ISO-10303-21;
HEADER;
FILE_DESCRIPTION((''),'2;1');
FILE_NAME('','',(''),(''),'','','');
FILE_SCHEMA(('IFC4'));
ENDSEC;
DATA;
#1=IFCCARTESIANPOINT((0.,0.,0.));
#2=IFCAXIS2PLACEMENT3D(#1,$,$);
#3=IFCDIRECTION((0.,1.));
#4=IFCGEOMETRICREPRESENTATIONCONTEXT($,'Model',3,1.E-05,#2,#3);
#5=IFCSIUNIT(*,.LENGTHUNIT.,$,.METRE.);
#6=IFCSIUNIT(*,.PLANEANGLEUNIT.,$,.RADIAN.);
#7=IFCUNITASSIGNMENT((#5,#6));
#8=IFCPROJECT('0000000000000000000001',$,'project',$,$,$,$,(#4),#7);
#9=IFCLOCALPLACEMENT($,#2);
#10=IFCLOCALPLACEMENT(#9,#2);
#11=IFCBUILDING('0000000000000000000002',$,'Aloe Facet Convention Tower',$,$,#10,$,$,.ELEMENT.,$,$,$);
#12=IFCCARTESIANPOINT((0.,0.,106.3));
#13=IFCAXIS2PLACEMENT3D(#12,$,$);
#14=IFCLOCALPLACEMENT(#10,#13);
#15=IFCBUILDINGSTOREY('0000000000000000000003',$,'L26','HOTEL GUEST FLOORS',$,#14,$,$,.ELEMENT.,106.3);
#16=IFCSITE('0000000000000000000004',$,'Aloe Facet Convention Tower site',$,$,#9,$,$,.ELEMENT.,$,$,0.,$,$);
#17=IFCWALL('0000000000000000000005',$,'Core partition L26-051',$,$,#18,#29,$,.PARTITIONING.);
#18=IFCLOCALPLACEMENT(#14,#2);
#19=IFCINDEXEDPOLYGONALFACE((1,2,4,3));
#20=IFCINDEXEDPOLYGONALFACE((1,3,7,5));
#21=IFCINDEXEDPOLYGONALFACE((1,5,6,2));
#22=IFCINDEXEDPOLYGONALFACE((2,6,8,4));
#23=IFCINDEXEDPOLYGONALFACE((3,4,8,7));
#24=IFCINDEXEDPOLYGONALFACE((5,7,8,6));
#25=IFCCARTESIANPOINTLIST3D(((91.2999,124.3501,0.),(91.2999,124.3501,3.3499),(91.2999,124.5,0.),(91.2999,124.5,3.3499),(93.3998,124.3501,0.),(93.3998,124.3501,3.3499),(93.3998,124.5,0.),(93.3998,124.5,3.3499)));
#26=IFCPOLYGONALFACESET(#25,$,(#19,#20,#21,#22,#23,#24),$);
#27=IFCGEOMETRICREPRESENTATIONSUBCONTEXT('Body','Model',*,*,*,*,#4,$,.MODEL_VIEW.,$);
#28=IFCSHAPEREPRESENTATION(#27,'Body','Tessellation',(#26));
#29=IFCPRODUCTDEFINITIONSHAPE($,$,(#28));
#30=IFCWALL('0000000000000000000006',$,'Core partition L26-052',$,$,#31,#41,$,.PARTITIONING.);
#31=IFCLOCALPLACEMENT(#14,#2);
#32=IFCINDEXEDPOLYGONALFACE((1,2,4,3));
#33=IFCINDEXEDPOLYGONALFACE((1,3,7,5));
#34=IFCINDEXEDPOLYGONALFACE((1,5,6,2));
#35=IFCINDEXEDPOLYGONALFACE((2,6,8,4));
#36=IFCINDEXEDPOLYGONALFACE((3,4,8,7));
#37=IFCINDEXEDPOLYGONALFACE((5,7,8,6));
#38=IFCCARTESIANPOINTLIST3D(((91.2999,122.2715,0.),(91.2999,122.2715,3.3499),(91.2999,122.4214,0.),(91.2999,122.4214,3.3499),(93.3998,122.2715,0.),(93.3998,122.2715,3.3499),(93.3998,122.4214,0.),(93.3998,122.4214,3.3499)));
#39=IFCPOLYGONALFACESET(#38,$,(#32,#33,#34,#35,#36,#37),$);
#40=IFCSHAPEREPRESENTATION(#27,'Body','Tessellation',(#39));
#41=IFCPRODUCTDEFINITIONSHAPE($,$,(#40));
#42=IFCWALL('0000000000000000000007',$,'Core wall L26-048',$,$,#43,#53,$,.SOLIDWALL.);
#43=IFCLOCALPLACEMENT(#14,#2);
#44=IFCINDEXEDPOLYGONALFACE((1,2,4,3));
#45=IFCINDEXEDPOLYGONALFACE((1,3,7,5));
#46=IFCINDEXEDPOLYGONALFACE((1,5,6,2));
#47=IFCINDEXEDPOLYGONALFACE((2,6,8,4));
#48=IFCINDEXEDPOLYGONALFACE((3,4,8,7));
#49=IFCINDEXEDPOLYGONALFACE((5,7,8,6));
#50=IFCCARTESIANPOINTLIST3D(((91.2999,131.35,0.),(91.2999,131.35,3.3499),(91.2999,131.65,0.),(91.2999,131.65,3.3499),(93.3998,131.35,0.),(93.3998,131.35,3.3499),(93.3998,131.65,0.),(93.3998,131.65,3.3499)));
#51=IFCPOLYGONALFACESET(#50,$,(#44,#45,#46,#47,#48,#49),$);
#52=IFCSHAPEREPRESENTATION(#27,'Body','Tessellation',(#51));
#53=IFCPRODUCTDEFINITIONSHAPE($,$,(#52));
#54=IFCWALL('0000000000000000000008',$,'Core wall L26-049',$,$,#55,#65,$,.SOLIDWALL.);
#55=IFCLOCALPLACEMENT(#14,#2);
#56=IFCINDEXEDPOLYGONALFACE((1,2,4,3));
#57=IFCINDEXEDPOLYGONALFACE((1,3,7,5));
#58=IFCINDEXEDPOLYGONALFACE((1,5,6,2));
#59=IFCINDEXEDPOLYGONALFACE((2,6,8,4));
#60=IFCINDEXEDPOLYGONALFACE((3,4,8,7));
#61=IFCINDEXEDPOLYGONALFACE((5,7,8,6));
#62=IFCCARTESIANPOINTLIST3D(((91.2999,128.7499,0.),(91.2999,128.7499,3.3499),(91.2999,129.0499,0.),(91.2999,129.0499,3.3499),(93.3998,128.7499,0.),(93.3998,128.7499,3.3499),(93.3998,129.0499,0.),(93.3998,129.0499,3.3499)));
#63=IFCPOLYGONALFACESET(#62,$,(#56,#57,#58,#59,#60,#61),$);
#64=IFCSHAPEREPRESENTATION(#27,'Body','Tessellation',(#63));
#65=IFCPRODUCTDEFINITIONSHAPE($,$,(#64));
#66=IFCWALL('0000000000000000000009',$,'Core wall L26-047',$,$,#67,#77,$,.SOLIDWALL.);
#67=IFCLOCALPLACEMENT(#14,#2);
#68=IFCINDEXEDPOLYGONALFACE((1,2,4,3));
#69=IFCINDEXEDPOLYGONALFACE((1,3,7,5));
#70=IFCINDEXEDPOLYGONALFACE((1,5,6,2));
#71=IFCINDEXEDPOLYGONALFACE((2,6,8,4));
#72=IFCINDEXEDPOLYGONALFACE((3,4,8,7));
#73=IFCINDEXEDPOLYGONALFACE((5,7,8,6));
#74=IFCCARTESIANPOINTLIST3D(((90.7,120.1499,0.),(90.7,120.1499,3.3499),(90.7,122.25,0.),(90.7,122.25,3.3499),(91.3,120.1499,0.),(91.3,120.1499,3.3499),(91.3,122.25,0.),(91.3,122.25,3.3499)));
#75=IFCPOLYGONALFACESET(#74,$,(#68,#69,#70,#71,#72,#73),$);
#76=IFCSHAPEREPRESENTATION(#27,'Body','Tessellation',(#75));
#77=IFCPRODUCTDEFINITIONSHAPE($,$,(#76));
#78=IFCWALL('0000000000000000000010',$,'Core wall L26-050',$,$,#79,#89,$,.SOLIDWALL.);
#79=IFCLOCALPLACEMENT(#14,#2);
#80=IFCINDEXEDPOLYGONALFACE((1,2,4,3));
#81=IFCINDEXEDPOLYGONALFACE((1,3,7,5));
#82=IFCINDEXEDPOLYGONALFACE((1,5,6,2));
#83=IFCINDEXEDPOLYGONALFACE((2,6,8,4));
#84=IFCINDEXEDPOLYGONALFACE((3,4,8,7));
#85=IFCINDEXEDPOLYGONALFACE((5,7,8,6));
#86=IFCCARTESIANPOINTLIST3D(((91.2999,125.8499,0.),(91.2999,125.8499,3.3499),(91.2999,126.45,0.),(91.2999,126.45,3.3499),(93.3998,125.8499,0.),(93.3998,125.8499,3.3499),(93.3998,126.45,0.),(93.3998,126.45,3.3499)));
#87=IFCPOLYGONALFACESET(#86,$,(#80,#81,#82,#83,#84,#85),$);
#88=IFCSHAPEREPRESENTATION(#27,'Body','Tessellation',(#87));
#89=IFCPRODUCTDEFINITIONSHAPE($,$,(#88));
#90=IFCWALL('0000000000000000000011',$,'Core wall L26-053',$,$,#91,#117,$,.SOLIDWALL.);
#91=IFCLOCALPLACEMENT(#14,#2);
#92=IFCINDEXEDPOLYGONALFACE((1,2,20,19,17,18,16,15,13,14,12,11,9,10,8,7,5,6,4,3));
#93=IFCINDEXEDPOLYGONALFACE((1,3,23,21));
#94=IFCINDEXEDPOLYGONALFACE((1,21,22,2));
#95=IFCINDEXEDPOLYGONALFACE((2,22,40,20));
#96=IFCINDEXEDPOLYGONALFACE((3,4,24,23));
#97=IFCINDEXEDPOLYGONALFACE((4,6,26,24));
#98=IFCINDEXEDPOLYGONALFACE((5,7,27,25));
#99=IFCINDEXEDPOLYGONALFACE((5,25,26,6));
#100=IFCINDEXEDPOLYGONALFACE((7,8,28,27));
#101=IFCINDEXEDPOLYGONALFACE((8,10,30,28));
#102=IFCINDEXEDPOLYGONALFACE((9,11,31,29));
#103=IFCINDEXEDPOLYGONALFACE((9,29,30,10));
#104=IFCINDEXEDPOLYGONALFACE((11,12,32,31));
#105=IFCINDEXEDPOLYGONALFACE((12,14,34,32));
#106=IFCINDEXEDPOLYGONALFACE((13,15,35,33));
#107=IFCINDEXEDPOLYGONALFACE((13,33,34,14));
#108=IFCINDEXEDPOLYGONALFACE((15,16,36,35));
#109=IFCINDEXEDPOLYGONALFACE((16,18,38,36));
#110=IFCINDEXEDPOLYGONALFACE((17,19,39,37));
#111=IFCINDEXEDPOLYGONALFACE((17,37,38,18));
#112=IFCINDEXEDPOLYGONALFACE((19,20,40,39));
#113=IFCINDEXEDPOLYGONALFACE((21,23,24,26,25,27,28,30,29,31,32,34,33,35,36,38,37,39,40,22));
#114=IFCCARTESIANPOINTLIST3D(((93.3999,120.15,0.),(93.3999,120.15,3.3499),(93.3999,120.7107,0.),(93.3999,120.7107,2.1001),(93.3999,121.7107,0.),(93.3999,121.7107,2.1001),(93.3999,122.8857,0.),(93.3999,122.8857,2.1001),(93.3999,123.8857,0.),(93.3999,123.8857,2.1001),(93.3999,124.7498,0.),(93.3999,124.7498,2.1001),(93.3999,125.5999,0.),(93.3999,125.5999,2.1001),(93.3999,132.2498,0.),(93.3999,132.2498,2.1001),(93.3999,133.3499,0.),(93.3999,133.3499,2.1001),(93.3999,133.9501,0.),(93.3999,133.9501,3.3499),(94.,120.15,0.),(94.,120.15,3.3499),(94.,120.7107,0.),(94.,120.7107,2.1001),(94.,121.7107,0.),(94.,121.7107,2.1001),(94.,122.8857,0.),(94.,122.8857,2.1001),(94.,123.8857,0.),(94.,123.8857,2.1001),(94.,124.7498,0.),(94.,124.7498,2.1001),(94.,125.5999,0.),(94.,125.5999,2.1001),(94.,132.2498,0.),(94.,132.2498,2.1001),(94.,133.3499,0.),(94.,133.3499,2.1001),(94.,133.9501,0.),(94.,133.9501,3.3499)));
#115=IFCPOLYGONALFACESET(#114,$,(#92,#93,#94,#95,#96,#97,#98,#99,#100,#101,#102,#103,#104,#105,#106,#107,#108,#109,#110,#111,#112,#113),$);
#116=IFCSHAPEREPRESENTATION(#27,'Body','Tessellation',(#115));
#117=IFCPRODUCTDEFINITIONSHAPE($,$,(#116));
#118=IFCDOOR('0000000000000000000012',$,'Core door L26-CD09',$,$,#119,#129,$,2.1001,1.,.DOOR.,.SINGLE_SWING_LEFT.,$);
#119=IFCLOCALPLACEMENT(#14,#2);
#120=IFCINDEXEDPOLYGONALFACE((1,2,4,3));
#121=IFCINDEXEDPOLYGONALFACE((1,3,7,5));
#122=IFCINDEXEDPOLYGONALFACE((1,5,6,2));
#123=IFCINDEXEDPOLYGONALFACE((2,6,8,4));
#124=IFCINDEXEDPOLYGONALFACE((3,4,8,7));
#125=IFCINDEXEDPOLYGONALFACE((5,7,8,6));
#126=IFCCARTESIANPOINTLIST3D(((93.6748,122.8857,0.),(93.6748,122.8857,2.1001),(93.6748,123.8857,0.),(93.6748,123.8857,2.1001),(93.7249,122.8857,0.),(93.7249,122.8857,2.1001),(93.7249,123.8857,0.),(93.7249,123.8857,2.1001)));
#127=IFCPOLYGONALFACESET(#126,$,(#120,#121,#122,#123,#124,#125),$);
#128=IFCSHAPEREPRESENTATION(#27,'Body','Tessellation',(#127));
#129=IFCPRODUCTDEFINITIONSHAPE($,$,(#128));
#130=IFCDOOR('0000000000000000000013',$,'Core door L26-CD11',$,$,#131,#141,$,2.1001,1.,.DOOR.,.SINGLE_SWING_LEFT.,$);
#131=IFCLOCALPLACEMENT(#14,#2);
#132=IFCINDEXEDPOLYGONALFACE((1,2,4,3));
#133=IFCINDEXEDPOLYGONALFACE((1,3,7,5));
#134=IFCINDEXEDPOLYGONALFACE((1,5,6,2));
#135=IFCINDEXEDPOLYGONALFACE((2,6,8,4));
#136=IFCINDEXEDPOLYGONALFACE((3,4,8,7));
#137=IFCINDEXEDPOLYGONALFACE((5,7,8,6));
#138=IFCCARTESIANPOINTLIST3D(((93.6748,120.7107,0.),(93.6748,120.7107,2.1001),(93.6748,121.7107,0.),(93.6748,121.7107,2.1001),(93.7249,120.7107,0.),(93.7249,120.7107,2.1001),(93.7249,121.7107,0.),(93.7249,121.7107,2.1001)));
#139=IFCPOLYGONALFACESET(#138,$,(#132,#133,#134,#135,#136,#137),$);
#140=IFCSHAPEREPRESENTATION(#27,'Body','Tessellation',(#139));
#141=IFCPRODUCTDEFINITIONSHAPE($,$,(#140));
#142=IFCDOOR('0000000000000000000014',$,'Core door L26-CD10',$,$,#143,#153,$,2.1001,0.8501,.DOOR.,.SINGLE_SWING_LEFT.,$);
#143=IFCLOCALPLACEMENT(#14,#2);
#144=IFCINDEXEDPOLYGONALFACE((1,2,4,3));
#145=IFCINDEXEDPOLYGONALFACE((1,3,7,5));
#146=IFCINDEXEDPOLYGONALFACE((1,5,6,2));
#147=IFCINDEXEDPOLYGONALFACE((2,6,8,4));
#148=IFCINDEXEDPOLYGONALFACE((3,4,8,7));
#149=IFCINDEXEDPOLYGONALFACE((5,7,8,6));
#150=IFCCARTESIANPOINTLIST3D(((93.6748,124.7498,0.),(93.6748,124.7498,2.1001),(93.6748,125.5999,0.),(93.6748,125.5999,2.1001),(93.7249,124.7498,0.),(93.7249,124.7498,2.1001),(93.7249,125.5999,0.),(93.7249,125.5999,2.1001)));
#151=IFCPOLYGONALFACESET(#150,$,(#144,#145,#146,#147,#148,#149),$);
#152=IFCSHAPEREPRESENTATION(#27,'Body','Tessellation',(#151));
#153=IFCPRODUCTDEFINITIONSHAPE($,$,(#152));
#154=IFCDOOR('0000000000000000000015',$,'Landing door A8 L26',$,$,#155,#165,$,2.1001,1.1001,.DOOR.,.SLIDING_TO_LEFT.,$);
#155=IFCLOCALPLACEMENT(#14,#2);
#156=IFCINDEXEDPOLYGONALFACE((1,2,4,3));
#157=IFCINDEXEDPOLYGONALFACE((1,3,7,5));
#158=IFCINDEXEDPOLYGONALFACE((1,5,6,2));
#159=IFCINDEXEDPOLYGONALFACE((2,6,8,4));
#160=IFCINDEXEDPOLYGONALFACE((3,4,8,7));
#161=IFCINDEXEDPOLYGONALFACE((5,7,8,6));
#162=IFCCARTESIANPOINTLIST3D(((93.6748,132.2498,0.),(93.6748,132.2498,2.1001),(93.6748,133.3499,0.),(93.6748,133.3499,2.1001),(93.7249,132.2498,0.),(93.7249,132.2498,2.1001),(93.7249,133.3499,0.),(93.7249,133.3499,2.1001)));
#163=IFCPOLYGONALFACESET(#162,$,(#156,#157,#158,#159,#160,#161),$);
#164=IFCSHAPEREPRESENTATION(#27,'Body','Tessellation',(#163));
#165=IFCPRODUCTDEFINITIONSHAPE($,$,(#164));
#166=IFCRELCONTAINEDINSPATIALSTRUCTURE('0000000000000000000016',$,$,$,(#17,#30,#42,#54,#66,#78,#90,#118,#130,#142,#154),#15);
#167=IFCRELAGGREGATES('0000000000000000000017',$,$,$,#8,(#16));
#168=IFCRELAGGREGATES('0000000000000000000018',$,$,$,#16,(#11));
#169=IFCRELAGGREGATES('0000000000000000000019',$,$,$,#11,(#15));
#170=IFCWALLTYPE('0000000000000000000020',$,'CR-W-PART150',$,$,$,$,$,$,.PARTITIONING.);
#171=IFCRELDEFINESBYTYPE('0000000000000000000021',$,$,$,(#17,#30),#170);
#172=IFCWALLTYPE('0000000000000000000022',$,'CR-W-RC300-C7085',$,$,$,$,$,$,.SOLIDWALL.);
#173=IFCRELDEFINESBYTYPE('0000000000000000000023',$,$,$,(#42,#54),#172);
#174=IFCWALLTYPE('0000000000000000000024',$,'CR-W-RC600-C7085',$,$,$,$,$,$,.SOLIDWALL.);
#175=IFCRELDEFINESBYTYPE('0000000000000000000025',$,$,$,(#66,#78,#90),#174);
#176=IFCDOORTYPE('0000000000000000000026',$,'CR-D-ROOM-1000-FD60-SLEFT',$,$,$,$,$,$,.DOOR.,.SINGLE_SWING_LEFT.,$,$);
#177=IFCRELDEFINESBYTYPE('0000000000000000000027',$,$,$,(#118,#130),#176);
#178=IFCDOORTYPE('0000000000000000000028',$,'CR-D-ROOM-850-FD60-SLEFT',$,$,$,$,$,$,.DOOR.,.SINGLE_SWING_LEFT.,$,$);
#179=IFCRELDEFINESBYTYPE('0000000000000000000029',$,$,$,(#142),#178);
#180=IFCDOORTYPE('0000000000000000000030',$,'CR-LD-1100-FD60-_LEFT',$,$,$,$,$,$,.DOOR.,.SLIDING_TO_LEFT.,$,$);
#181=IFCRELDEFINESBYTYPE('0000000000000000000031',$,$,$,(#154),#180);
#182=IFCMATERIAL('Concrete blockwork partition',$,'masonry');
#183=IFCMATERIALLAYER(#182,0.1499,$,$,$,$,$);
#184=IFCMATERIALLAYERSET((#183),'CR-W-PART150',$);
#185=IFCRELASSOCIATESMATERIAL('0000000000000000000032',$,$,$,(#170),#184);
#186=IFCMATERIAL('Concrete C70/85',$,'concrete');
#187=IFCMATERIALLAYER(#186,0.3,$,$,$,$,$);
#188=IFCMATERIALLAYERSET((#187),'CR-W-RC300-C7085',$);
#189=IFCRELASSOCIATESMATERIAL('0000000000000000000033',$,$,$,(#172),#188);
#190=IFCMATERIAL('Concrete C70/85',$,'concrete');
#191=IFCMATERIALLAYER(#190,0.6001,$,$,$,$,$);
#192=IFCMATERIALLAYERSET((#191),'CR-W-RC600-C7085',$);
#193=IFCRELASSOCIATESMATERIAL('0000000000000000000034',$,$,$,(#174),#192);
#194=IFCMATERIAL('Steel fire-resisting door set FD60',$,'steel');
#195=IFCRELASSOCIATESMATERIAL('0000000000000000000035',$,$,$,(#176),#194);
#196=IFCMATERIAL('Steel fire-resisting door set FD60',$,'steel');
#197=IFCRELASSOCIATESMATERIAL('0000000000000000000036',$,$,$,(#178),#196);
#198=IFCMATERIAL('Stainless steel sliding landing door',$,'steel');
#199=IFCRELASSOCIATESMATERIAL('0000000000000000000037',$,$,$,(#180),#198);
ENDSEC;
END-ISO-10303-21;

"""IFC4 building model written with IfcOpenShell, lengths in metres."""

from ifc_helpers import new_model, si_unit, direction, frame, frame_2d, origin, place, context, subcontext, project, spatial, rectangle, extrude, material, layer, layer_set, type_object, element, fill, save


model = new_model("IFC4")

# Units and contexts
model_context = context("Model", 3, precision=1e-05, world=origin(), true_north=direction((0.0, 1.0)))
body_context = subcontext(model_context, "Body", "Model", "MODEL_VIEW")
ifc_project = project(units=[si_unit("LENGTHUNIT", "METRE"), si_unit("PLANEANGLEUNIT", "RADIAN")], contexts=[model_context])

# Site, building, storey
site_placement = place(None, origin())
site = spatial("IfcSite", under=ifc_project, at=site_placement, Name="Aloe Facet Convention Tower site", CompositionType="ELEMENT", RefElevation=0.0)
building_placement = place(site_placement, origin())
building = spatial("IfcBuilding", under=site, at=building_placement, Name="Aloe Facet Convention Tower", CompositionType="ELEMENT")
storey_placement = place(building_placement, frame((0.0, 0.0, 106.3)))
storey = spatial("IfcBuildingStorey", under=building, at=storey_placement, Name="L26", Description="HOTEL GUEST FLOORS", CompositionType="ELEMENT", Elevation=106.3)

# Walls
ifc_material_1 = material(Name="Concrete blockwork partition", Category="masonry")
ifc_layer_1 = layer(ifc_material_1, 0.1499)
ifc_layer_set_1 = layer_set([ifc_layer_1], Name="CR-W-PART150")
wall_type_1 = type_object("IfcWallType", Name="CR-W-PART150", PredefinedType="PARTITIONING", material=ifc_layer_set_1)
for number, where, z_axis, x_axis, name in (
    (1, (91.3, 124.425, 0.0), (0.0, 0.0, 1.0), (1.0, 0.0, 0.0), "Core partition L26-051"),
    (2, (91.3, 122.3464, 0.0), (0.0, 0.0, 1.0), (1.0, 0.0, 0.0), "Core partition L26-052"),
):
    element("IfcWall", number, at=place(storey_placement, frame(where, z_axis=z_axis, x_axis=x_axis)), inside=storey, type_object=wall_type_1, Name=name, PredefinedType="PARTITIONING", context=body_context, shape_type="SweptSolid", body=[
        extrude(rectangle(XDim=2.0999, YDim=0.1499, at=frame_2d((1.0498, 0.0))), origin(), (0.0, 0.0, 1.0), 3.3499),
    ])
ifc_material_2 = material(Name="Concrete C70/85", Category="concrete")
ifc_layer_2 = layer(ifc_material_2, 0.3)
ifc_layer_set_2 = layer_set([ifc_layer_2], Name="CR-W-RC300-C7085")
wall_type_2 = type_object("IfcWallType", Name="CR-W-RC300-C7085", PredefinedType="SOLIDWALL", material=ifc_layer_set_2)
for number, where, z_axis, x_axis, name in (
    (3, (91.3, 131.5, 0.0), (0.0, 0.0, 1.0), (1.0, 0.0, 0.0), "Core wall L26-048"),
    (4, (91.3, 128.8999, 0.0), (0.0, 0.0, 1.0), (1.0, 0.0, 0.0), "Core wall L26-049"),
):
    element("IfcWall", number, at=place(storey_placement, frame(where, z_axis=z_axis, x_axis=x_axis)), inside=storey, type_object=wall_type_2, Name=name, PredefinedType="SOLIDWALL", context=body_context, shape_type="SweptSolid", body=[
        extrude(rectangle(XDim=2.0999, YDim=0.3, at=frame_2d((1.0498, 0.0))), origin(), (0.0, 0.0, 1.0), 3.3499),
    ])
ifc_material_3 = material(Name="Concrete C70/85", Category="concrete")
ifc_layer_3 = layer(ifc_material_3, 0.6001)
ifc_layer_set_3 = layer_set([ifc_layer_3], Name="CR-W-RC600-C7085")
wall_type_3 = type_object("IfcWallType", Name="CR-W-RC600-C7085", PredefinedType="SOLIDWALL", material=ifc_layer_set_3)
wall_1_placement = place(storey_placement, frame((91.0, 122.25, 0.0), z_axis=(0.0, 0.0, 1.0), x_axis=(0.0, -1.0, 0.0)))
element("IfcWall", 5, at=wall_1_placement, inside=storey, type_object=wall_type_3, Name="Core wall L26-047", PredefinedType="SOLIDWALL", context=body_context, shape_type="SweptSolid", body=[
    extrude(rectangle(XDim=2.1001, YDim=0.6001, at=frame_2d((1.05, 0.0))), origin(), (0.0, 0.0, 1.0), 3.3499),
])
wall_2_placement = place(storey_placement, frame((91.3, 126.1499, 0.0), z_axis=(0.0, 0.0, 1.0), x_axis=(1.0, 0.0, 0.0)))
element("IfcWall", 6, at=wall_2_placement, inside=storey, type_object=wall_type_3, Name="Core wall L26-050", PredefinedType="SOLIDWALL", context=body_context, shape_type="SweptSolid", body=[
    extrude(rectangle(XDim=2.0999, YDim=0.6001, at=frame_2d((1.0498, 0.0))), origin(), (0.0, 0.0, 1.0), 3.3499),
])

# Wall, openings, doors
wall_3_placement = place(storey_placement, frame((93.7, 133.95, 0.0), z_axis=(0.0, 0.0, 1.0), x_axis=(0.0, -1.0, 0.0)))
wall_3 = element("IfcWall", 7, at=wall_3_placement, inside=storey, type_object=wall_type_3, Name="Core wall L26-053", PredefinedType="SOLIDWALL", context=body_context, shape_type="SweptSolid", body=[
    extrude(rectangle(XDim=13.8, YDim=0.6001, at=frame_2d((6.8999, 0.0))), origin(), (0.0, 0.0, 1.0), 3.3499),
])
opening_1_placement = place(wall_3_placement, frame((0.6001, 0.0, 0.0)))
opening_1 = element("IfcOpeningElement", 8, at=opening_1_placement, cuts=wall_3, PredefinedType="OPENING", context=body_context, shape_type="SweptSolid", body=[
    extrude(rectangle(XDim=1.1001, YDim=2.1001, at=frame_2d((0.55, 1.05))), frame((0.0, 0.3101, 0.0), z_axis=(0.0, -1.0, 0.0), x_axis=(1.0, 0.0, 0.0)), (0.0, 0.0, 1.0), 0.6201),
])
opening_2_placement = place(wall_3_placement, frame((10.0642, 0.0, 0.0)))
opening_2 = element("IfcOpeningElement", 9, at=opening_2_placement, cuts=wall_3, PredefinedType="OPENING", context=body_context, shape_type="SweptSolid", body=[
    extrude(rectangle(XDim=1.0, YDim=2.1001, at=frame_2d((0.5, 1.05))), frame((0.0, 0.3101, 0.0), z_axis=(0.0, -1.0, 0.0), x_axis=(1.0, 0.0, 0.0)), (0.0, 0.0, 1.0), 0.6201),
])
opening_3_placement = place(wall_3_placement, frame((8.3501, 0.0, 0.0)))
opening_3 = element("IfcOpeningElement", 10, at=opening_3_placement, cuts=wall_3, PredefinedType="OPENING", context=body_context, shape_type="SweptSolid", body=[
    extrude(rectangle(XDim=0.8501, YDim=2.1001, at=frame_2d((0.425, 1.05))), frame((0.0, 0.3101, 0.0), z_axis=(0.0, -1.0, 0.0), x_axis=(1.0, 0.0, 0.0)), (0.0, 0.0, 1.0), 0.6201),
])
opening_4_placement = place(wall_3_placement, frame((12.2393, 0.0, 0.0)))
opening_4 = element("IfcOpeningElement", 11, at=opening_4_placement, cuts=wall_3, PredefinedType="OPENING", context=body_context, shape_type="SweptSolid", body=[
    extrude(rectangle(XDim=1.0, YDim=2.1001, at=frame_2d((0.5, 1.05))), frame((0.0, 0.3101, 0.0), z_axis=(0.0, -1.0, 0.0), x_axis=(1.0, 0.0, 0.0)), (0.0, 0.0, 1.0), 0.6201),
])
ifc_material_4 = material(Name="Steel fire-resisting door set FD60", Category="steel")
door_type_1 = type_object("IfcDoorType", Name="CR-D-ROOM-1000-FD60-SLEFT", OperationType="SINGLE_SWING_LEFT", PredefinedType="DOOR", material=ifc_material_4)
door_1_placement = place(opening_2_placement, origin())
door_1 = element("IfcDoor", 12, at=door_1_placement, inside=storey, type_object=door_type_1, Name="Core door L26-CD09", OperationType="SINGLE_SWING_LEFT", OverallHeight=2.1001, OverallWidth=1.0, PredefinedType="DOOR", context=body_context, shape_type="SweptSolid", body=[
    extrude(rectangle(XDim=1.0, YDim=2.1001, at=frame_2d((0.5, 1.05))), frame((0.0, 0.0249, 0.0), z_axis=(0.0, -1.0, 0.0), x_axis=(1.0, 0.0, 0.0)), (0.0, 0.0, 1.0), 0.05),
])
fill(opening_2, door_1)
door_2_placement = place(opening_4_placement, origin())
door_2 = element("IfcDoor", 13, at=door_2_placement, inside=storey, type_object=door_type_1, Name="Core door L26-CD11", OperationType="SINGLE_SWING_LEFT", OverallHeight=2.1001, OverallWidth=1.0, PredefinedType="DOOR", context=body_context, shape_type="SweptSolid", body=[
    extrude(rectangle(XDim=1.0, YDim=2.1001, at=frame_2d((0.5, 1.05))), frame((0.0, 0.0249, 0.0), z_axis=(0.0, -1.0, 0.0), x_axis=(1.0, 0.0, 0.0)), (0.0, 0.0, 1.0), 0.05),
])
fill(opening_4, door_2)
ifc_material_5 = material(Name="Steel fire-resisting door set FD60", Category="steel")
door_type_2 = type_object("IfcDoorType", Name="CR-D-ROOM-850-FD60-SLEFT", OperationType="SINGLE_SWING_LEFT", PredefinedType="DOOR", material=ifc_material_5)
door_3_placement = place(opening_3_placement, origin())
door_3 = element("IfcDoor", 14, at=door_3_placement, inside=storey, type_object=door_type_2, Name="Core door L26-CD10", OperationType="SINGLE_SWING_LEFT", OverallHeight=2.1001, OverallWidth=0.8501, PredefinedType="DOOR", context=body_context, shape_type="SweptSolid", body=[
    extrude(rectangle(XDim=0.8501, YDim=2.1001, at=frame_2d((0.425, 1.05))), frame((0.0, 0.0249, 0.0), z_axis=(0.0, -1.0, 0.0), x_axis=(1.0, 0.0, 0.0)), (0.0, 0.0, 1.0), 0.05),
])
fill(opening_3, door_3)
ifc_material_6 = material(Name="Stainless steel sliding landing door", Category="steel")
door_type_3 = type_object("IfcDoorType", Name="CR-LD-1100-FD60-_LEFT", OperationType="SLIDING_TO_LEFT", PredefinedType="DOOR", material=ifc_material_6)
door_4_placement = place(opening_1_placement, origin())
door_4 = element("IfcDoor", 15, at=door_4_placement, inside=storey, type_object=door_type_3, Name="Landing door A8 L26", OperationType="SLIDING_TO_LEFT", OverallHeight=2.1001, OverallWidth=1.1001, PredefinedType="DOOR", context=body_context, shape_type="SweptSolid", body=[
    extrude(rectangle(XDim=1.1001, YDim=2.1001, at=frame_2d((0.55, 1.05))), frame((0.0, 0.0249, 0.0), z_axis=(0.0, -1.0, 0.0), x_axis=(1.0, 0.0, 0.0)), (0.0, 0.0, 1.0), 0.05),
])
fill(opening_1, door_4)

save(model, "model.ifc")
